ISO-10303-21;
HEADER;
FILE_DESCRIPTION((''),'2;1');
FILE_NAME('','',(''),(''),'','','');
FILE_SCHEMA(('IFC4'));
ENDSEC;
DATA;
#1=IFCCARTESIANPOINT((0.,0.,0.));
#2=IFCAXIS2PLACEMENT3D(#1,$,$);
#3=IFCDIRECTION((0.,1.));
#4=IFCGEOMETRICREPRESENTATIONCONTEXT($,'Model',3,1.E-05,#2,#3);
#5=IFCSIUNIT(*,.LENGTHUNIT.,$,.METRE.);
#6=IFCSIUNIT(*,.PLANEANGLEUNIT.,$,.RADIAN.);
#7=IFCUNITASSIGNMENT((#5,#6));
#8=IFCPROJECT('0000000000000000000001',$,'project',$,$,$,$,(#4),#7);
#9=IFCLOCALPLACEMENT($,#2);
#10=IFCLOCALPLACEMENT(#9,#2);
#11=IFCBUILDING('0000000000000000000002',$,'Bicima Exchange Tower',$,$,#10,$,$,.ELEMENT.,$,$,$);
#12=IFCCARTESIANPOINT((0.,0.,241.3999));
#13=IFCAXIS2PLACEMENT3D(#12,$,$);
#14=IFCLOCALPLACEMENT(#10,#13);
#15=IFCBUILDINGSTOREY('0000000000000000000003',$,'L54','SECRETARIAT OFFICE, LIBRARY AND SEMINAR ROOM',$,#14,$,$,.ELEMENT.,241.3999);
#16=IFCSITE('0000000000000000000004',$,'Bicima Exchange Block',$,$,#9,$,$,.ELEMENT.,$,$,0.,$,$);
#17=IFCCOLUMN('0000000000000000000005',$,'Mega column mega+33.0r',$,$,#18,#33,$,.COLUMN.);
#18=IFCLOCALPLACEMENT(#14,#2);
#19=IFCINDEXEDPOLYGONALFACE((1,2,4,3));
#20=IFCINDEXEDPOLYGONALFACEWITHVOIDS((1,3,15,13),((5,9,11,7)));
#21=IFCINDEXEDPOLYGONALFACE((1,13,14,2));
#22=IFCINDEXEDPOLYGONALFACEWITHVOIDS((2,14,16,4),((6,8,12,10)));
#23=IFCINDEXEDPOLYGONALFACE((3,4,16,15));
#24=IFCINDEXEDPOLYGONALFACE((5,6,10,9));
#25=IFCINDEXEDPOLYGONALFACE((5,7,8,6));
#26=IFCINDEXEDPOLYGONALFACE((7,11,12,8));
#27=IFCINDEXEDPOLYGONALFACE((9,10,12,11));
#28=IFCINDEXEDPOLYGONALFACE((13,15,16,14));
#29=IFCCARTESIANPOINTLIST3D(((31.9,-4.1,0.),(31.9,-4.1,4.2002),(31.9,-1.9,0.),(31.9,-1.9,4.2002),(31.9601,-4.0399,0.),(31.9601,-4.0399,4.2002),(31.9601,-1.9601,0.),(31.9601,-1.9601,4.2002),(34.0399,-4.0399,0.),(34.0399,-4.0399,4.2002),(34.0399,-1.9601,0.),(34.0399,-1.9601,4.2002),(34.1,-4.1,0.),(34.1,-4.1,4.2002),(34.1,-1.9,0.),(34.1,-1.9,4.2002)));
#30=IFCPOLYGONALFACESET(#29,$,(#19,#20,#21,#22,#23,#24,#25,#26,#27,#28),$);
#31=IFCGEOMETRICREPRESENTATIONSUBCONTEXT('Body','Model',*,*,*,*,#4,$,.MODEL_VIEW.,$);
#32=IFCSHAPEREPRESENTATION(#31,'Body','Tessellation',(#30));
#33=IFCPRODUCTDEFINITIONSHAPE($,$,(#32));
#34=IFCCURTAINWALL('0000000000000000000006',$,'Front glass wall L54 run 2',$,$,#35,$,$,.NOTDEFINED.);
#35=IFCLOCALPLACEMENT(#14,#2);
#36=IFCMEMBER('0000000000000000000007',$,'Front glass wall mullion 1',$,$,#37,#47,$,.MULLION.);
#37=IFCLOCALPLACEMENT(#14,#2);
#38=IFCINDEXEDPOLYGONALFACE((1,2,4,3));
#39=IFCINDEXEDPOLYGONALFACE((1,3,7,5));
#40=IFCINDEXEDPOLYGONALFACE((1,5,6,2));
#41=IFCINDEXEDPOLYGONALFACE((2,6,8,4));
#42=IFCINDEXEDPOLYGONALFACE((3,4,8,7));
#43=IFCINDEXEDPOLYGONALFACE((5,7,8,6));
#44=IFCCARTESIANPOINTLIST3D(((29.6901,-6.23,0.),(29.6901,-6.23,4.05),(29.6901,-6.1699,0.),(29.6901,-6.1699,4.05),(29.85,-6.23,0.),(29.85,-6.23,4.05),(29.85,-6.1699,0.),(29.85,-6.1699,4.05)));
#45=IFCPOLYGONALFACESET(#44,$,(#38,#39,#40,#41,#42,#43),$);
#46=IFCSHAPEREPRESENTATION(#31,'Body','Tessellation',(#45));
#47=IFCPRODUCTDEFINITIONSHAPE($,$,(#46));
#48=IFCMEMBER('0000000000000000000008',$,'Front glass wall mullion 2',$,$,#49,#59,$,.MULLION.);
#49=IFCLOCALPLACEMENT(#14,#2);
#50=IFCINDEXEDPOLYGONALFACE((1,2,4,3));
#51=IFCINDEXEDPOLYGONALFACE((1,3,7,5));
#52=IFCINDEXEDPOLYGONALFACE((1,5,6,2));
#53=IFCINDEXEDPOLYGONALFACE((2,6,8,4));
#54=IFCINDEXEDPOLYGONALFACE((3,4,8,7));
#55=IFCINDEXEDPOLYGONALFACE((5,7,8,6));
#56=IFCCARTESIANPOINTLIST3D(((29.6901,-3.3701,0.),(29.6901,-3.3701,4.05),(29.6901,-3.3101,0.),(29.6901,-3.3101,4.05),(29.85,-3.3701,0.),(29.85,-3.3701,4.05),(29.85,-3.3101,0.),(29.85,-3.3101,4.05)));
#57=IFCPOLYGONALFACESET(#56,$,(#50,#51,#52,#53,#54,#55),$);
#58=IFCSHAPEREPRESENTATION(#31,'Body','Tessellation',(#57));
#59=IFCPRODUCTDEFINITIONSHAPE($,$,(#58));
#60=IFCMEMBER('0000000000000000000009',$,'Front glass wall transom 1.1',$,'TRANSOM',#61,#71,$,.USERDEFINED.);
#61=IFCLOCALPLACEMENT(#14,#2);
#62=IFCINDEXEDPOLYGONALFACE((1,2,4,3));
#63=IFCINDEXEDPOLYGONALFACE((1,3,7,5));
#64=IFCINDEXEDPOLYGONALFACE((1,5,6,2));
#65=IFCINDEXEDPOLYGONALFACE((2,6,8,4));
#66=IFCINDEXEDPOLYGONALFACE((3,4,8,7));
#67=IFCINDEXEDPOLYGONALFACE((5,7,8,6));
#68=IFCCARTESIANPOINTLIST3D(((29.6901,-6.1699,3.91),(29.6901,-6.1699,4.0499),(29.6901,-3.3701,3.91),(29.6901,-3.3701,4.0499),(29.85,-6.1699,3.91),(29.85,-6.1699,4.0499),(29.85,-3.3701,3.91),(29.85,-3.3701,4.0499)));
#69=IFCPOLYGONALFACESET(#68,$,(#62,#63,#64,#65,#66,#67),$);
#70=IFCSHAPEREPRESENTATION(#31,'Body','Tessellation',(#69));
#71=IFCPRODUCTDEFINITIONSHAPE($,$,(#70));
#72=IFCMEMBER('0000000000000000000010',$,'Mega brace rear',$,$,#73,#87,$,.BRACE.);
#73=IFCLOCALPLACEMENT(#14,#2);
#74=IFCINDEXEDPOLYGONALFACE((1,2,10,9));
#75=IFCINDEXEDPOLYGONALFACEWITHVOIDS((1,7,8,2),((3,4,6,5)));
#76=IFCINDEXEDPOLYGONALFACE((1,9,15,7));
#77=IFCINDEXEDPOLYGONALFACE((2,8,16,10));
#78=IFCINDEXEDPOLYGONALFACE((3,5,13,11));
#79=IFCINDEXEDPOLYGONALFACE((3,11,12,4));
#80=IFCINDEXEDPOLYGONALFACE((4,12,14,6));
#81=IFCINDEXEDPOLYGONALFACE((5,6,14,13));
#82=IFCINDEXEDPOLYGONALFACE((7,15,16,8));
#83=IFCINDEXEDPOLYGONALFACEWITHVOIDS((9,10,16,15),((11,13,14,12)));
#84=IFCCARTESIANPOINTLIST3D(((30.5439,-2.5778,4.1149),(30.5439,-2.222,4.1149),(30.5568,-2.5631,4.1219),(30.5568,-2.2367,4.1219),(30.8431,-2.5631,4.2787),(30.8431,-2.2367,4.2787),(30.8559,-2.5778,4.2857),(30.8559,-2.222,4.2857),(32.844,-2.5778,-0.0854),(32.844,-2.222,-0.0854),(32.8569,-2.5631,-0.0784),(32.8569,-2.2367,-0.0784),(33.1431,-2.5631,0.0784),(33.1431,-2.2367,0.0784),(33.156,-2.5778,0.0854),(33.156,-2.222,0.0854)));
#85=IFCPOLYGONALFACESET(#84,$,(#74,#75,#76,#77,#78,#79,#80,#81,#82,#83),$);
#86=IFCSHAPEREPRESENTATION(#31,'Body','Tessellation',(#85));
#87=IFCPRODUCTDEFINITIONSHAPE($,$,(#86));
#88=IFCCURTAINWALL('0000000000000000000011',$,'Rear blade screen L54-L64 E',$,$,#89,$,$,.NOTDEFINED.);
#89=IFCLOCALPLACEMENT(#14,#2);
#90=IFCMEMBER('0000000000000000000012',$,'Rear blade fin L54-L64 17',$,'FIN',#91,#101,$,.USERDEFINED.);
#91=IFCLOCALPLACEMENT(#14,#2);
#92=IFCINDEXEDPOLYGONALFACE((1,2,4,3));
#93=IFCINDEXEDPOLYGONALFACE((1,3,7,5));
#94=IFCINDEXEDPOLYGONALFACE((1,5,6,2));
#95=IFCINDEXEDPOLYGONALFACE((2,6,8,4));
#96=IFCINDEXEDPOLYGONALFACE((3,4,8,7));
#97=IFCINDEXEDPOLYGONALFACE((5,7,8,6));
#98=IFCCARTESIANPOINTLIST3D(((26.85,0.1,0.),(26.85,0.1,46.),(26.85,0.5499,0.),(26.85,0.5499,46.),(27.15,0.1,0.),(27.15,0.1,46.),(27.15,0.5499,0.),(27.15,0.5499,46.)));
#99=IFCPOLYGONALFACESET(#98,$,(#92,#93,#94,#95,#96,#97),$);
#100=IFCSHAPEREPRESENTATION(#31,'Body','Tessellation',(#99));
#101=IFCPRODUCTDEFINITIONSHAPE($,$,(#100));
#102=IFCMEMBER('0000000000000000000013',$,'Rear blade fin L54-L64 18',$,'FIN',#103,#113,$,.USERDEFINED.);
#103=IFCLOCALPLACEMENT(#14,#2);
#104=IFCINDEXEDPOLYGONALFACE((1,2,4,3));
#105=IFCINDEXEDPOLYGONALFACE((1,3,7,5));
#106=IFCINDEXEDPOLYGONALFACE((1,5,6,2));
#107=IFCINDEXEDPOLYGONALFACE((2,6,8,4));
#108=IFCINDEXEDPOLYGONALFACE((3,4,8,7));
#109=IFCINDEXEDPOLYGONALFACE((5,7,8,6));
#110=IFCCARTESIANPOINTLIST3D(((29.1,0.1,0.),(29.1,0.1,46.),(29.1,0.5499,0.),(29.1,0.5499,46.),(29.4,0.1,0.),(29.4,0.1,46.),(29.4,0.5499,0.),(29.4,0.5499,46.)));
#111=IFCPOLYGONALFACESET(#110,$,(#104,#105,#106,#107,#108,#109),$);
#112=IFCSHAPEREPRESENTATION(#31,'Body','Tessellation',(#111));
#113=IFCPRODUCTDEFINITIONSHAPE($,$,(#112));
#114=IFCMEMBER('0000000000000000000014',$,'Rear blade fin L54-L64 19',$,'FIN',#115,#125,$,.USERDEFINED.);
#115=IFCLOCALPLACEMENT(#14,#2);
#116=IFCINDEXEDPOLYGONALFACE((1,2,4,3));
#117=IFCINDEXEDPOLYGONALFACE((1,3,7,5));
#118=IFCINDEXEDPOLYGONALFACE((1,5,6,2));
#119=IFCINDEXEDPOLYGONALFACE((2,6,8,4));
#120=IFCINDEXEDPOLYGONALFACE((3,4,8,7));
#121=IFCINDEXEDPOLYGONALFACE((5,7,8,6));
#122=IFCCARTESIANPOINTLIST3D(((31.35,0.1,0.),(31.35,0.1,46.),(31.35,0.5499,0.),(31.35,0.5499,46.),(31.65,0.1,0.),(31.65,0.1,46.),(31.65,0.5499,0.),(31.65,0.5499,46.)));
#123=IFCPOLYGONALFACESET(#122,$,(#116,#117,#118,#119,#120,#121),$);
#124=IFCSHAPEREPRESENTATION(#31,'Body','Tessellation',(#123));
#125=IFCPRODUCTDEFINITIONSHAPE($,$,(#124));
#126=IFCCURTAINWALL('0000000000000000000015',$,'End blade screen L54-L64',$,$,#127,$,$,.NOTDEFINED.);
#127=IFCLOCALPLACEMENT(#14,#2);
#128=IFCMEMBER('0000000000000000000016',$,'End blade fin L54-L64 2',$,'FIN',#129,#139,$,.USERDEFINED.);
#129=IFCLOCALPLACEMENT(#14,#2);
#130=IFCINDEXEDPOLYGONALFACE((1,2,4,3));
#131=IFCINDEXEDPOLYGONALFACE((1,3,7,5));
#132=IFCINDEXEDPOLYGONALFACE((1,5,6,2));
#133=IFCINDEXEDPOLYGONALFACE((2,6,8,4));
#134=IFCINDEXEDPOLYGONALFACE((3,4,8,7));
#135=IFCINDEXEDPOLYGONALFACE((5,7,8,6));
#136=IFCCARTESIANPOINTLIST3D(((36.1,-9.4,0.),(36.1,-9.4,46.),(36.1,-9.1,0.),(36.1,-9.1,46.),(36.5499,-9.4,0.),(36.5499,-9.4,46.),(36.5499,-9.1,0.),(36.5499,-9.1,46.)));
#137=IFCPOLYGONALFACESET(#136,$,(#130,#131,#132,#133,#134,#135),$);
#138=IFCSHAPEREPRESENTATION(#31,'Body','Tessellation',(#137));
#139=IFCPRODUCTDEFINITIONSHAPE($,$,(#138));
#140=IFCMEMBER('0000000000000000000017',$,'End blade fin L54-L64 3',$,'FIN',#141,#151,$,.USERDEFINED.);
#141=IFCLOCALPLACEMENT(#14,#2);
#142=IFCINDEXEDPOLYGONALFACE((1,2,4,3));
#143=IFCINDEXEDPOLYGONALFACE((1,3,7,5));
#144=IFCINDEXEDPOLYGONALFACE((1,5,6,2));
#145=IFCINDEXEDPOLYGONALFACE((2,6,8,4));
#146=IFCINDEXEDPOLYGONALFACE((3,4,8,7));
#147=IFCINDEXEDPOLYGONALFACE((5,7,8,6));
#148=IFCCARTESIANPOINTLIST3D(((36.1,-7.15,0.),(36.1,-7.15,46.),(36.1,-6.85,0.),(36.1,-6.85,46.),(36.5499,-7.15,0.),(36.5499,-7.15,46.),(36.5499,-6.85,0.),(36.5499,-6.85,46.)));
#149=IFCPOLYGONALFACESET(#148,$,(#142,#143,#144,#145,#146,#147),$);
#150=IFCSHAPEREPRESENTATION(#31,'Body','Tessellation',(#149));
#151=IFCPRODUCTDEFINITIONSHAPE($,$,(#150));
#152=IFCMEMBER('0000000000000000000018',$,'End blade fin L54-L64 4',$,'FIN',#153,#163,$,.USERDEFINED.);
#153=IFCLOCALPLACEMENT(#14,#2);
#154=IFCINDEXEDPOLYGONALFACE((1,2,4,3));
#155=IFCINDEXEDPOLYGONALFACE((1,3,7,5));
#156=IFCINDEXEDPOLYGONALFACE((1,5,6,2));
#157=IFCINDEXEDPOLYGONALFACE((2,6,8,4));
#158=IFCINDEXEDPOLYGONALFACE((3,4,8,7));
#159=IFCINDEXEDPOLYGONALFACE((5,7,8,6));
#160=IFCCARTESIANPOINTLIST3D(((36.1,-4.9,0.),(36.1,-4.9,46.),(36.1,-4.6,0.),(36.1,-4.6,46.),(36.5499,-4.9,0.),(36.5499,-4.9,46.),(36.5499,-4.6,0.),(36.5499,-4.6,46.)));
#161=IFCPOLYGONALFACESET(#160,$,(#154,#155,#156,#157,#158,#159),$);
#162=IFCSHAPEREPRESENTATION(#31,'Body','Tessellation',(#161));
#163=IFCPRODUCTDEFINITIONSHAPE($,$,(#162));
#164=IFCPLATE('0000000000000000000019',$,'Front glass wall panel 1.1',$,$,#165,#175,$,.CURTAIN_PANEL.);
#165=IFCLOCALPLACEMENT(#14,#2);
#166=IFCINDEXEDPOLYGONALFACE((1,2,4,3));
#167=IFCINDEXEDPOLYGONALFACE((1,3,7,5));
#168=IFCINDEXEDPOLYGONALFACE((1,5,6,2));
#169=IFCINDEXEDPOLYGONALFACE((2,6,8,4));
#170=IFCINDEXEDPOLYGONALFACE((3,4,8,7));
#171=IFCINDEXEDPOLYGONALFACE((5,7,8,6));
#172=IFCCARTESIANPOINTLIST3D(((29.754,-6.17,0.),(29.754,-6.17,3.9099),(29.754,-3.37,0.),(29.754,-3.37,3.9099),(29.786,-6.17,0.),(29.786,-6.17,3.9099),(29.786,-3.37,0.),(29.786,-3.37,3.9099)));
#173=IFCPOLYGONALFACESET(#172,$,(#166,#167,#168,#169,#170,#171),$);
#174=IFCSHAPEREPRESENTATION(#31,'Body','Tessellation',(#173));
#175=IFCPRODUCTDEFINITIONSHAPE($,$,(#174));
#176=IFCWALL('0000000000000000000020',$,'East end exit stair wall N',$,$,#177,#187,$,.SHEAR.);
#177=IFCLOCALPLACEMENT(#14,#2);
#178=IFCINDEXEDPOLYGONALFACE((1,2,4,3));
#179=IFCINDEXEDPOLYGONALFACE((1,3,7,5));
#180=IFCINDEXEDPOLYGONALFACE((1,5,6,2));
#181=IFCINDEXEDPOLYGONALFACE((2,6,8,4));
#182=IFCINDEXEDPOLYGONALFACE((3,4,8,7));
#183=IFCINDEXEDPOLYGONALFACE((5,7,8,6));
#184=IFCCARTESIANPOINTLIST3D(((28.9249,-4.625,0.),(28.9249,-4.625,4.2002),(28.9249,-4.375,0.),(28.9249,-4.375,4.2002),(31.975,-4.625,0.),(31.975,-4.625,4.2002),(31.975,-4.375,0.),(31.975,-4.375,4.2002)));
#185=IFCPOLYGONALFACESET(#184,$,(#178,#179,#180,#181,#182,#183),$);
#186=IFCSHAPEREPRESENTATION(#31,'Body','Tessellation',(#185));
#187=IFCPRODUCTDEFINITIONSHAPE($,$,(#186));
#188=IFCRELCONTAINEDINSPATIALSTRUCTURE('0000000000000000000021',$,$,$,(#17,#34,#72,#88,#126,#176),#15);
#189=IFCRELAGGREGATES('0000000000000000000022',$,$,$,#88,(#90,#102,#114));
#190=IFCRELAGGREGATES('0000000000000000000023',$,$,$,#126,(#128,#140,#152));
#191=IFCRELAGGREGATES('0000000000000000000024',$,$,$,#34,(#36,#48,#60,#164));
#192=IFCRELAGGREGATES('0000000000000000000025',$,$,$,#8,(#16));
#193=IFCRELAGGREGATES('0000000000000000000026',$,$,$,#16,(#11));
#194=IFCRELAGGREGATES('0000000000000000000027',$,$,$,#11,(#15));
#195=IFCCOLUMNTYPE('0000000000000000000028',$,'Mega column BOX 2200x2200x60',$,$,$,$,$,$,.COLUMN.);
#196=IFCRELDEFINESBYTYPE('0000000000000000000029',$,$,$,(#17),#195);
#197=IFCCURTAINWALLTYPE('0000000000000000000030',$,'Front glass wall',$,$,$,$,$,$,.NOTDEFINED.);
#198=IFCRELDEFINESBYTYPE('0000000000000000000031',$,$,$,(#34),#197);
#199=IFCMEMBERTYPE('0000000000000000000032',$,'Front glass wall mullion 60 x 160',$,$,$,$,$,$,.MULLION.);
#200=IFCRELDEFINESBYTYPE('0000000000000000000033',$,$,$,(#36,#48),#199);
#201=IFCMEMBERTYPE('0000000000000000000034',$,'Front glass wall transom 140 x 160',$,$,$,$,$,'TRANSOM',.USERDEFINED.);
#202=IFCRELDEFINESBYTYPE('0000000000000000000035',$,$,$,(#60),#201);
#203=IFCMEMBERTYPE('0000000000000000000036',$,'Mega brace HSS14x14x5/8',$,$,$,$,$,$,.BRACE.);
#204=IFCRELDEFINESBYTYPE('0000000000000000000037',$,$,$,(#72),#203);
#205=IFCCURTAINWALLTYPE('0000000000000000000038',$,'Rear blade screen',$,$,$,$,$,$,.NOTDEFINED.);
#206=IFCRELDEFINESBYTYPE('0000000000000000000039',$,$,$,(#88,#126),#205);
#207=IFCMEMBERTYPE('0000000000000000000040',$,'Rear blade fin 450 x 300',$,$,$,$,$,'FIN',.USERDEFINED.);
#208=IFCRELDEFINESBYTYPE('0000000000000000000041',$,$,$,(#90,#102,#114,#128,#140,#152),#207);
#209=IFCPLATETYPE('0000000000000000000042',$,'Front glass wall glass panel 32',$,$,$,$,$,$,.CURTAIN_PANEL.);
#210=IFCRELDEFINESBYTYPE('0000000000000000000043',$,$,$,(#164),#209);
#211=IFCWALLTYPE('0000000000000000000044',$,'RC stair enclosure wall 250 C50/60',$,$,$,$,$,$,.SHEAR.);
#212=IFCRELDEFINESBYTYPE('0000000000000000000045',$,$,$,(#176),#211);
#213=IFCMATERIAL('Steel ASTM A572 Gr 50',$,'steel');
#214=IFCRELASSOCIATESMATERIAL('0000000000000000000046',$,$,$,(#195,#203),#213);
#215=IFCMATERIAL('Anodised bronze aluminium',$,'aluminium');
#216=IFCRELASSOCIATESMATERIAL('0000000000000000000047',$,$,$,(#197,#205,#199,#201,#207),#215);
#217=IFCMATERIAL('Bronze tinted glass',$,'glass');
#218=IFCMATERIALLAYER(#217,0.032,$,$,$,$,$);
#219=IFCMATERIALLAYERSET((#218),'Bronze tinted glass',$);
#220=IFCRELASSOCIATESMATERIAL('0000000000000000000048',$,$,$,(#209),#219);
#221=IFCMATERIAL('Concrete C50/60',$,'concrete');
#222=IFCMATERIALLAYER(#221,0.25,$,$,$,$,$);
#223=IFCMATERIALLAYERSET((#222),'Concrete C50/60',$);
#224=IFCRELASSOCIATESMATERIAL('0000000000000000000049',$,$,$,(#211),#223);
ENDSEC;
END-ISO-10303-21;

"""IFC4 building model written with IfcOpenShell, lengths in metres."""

from ifc_helpers import new_model, si_unit, direction, frame, frame_2d, origin, origin_2d, place, context, subcontext, project, spatial, rectangle, hollow_rectangle, extrude, material, layer, layer_set, material_profile, profile_set, type_object, element, aggregate, save


model = new_model("IFC4")

# Units and contexts
model_context = context("Model", 3, precision=1e-05, world=origin(), true_north=direction((0.0, 1.0)))
body_context = subcontext(model_context, "Body", "Model", "MODEL_VIEW")
ifc_project = project(units=[si_unit("LENGTHUNIT", "METRE"), si_unit("PLANEANGLEUNIT", "RADIAN")], contexts=[model_context])

# Site, building, storey
site_placement = place(None, origin())
site = spatial("IfcSite", under=ifc_project, at=site_placement, Name="Bicima Exchange Block", CompositionType="ELEMENT", RefElevation=0.0)
building_placement = place(site_placement, origin())
building = spatial("IfcBuilding", under=site, at=building_placement, Name="Bicima Exchange Tower", CompositionType="ELEMENT")
storey_placement = place(building_placement, frame((0.0, 0.0, 241.3999)))
storey = spatial("IfcBuildingStorey", under=building, at=storey_placement, Name="L54", Description="SECRETARIAT OFFICE, LIBRARY AND SEMINAR ROOM", CompositionType="ELEMENT", Elevation=241.3999)

# Column
ifc_material_1 = material(Name="Steel ASTM A572 Gr 50", Category="steel")
ifc_material_profile_1 = material_profile(ifc_material_1, hollow_rectangle(XDim=2.2, YDim=2.2, WallThickness=0.0601, at=origin_2d()))
ifc_profile_set_1 = profile_set([ifc_material_profile_1], Name="Steel ASTM A572 Gr 50")
column_type = type_object("IfcColumnType", Name="Mega column BOX 2200x2200x60", PredefinedType="COLUMN", material=ifc_profile_set_1)
column_placement = place(storey_placement, frame((33.0, -3.0, 0.0), z_axis=(0.0, 0.0, 1.0), x_axis=(1.0, 0.0, 0.0)))
element("IfcColumn", 1, at=column_placement, inside=storey, type_object=column_type, Name="Mega column mega+33.0r", PredefinedType="COLUMN", context=body_context, shape_type="SweptSolid", body=[
    extrude(hollow_rectangle(XDim=2.2, YDim=2.2, WallThickness=0.0601, at=origin_2d()), origin(), (0.0, 0.0, 1.0), 4.2002),
])

# Curtain wall, members
ifc_material_2 = material(Name="Anodised bronze aluminium", Category="aluminium")
curtain_wall_type_1 = type_object("IfcCurtainWallType", Name="Front glass wall", PredefinedType="NOTDEFINED", material=ifc_material_2)
curtain_wall_1_placement = place(storey_placement, origin())
curtain_wall_1 = element("IfcCurtainWall", 2, at=curtain_wall_1_placement, inside=storey, type_object=curtain_wall_type_1, Name="Front glass wall L54 run 2", PredefinedType="NOTDEFINED")
ifc_material_profile_2 = material_profile(ifc_material_2, rectangle(XDim=0.1599, YDim=0.0601, at=origin_2d()))
ifc_profile_set_2 = profile_set([ifc_material_profile_2], Name="Anodised bronze aluminium")
member_type_1 = type_object("IfcMemberType", Name="Front glass wall mullion 60 x 160", PredefinedType="MULLION", material=ifc_profile_set_2)
member_1_placement = place(storey_placement, frame((29.77, -6.2, 0.0), z_axis=(0.0, 0.0, 1.0), x_axis=(-1.0, 0.0, 0.0)))
member_1 = element("IfcMember", 3, at=member_1_placement, type_object=member_type_1, Name="Front glass wall mullion 1", PredefinedType="MULLION", context=body_context, shape_type="SweptSolid", body=[
    extrude(rectangle(XDim=0.1599, YDim=0.0601, at=origin_2d()), origin(), (0.0, 0.0, 1.0), 4.05),
])
member_2_placement = place(storey_placement, frame((29.77, -3.3401, 0.0), z_axis=(0.0, 0.0, 1.0), x_axis=(-1.0, 0.0, 0.0)))
member_2 = element("IfcMember", 4, at=member_2_placement, type_object=member_type_1, Name="Front glass wall mullion 2", PredefinedType="MULLION", context=body_context, shape_type="SweptSolid", body=[
    extrude(rectangle(XDim=0.1599, YDim=0.0601, at=origin_2d()), origin(), (0.0, 0.0, 1.0), 4.05),
])
ifc_material_profile_3 = material_profile(ifc_material_2, rectangle(XDim=0.1599, YDim=0.1399, at=origin_2d()))
ifc_profile_set_3 = profile_set([ifc_material_profile_3], Name="Anodised bronze aluminium")
member_type_2 = type_object("IfcMemberType", Name="Front glass wall transom 140 x 160", ElementType="TRANSOM", PredefinedType="USERDEFINED", material=ifc_profile_set_3)
member_3_placement = place(storey_placement, frame((29.77, -6.1699, 3.98), z_axis=(0.0, 1.0, 0.0), x_axis=(-1.0, 0.0, 0.0)))
member_3 = element("IfcMember", 5, at=member_3_placement, type_object=member_type_2, Name="Front glass wall transom 1.1", ObjectType="TRANSOM", PredefinedType="USERDEFINED", context=body_context, shape_type="SweptSolid", body=[
    extrude(rectangle(XDim=0.1599, YDim=0.1399, at=origin_2d()), origin(), (0.0, 0.0, 1.0), 2.7998),
])

# Member
ifc_material_profile_4 = material_profile(ifc_material_1, hollow_rectangle(XDim=0.3557, YDim=0.3557, WallThickness=0.0146, at=origin_2d()))
ifc_profile_set_4 = profile_set([ifc_material_profile_4], Name="Steel ASTM A572 Gr 50")
member_type_3 = type_object("IfcMemberType", Name="Mega brace HSS14x14x5/8", PredefinedType="BRACE", material=ifc_profile_set_4)
member_4_placement = place(storey_placement, frame((33.0, -2.3999, 0.0), z_axis=(-0.480305, 0.0, 0.877101), x_axis=(0.0, -1.0, 0.0)))
element("IfcMember", 6, at=member_4_placement, inside=storey, type_object=member_type_3, Name="Mega brace rear", PredefinedType="BRACE", context=body_context, shape_type="SweptSolid", body=[
    extrude(hollow_rectangle(XDim=0.3557, YDim=0.3557, WallThickness=0.0146, at=origin_2d()), origin(), (0.0, 0.0, 1.0), 4.7888),
])

# Curtain walls, members
curtain_wall_type_2 = type_object("IfcCurtainWallType", Name="Rear blade screen", PredefinedType="NOTDEFINED", material=ifc_material_2)
curtain_wall_2_placement = place(storey_placement, origin())
curtain_wall_2 = element("IfcCurtainWall", 7, at=curtain_wall_2_placement, inside=storey, type_object=curtain_wall_type_2, Name="Rear blade screen L54-L64 E", PredefinedType="NOTDEFINED")
ifc_material_profile_5 = material_profile(ifc_material_2, rectangle(XDim=0.45, YDim=0.3, at=origin_2d()))
ifc_profile_set_5 = profile_set([ifc_material_profile_5], Name="Anodised bronze aluminium")
member_type_4 = type_object("IfcMemberType", Name="Rear blade fin 450 x 300", ElementType="FIN", PredefinedType="USERDEFINED", material=ifc_profile_set_5)
member_5_placement = place(storey_placement, frame((27.0, 0.325, 0.0), z_axis=(0.0, 0.0, 1.0), x_axis=(0.0, 1.0, 0.0)))
member_5 = element("IfcMember", 8, at=member_5_placement, type_object=member_type_4, Name="Rear blade fin L54-L64 17", ObjectType="FIN", PredefinedType="USERDEFINED", context=body_context, shape_type="SweptSolid", body=[
    extrude(rectangle(XDim=0.45, YDim=0.3, at=origin_2d()), origin(), (0.0, 0.0, 1.0), 46.0),
])
member_6_placement = place(storey_placement, frame((29.25, 0.325, 0.0), z_axis=(0.0, 0.0, 1.0), x_axis=(0.0, 1.0, 0.0)))
member_6 = element("IfcMember", 9, at=member_6_placement, type_object=member_type_4, Name="Rear blade fin L54-L64 18", ObjectType="FIN", PredefinedType="USERDEFINED", context=body_context, shape_type="SweptSolid", body=[
    extrude(rectangle(XDim=0.45, YDim=0.3, at=origin_2d()), origin(), (0.0, 0.0, 1.0), 46.0),
])
member_7_placement = place(storey_placement, frame((31.5, 0.325, 0.0), z_axis=(0.0, 0.0, 1.0), x_axis=(0.0, 1.0, 0.0)))
member_7 = element("IfcMember", 10, at=member_7_placement, type_object=member_type_4, Name="Rear blade fin L54-L64 19", ObjectType="FIN", PredefinedType="USERDEFINED", context=body_context, shape_type="SweptSolid", body=[
    extrude(rectangle(XDim=0.45, YDim=0.3, at=origin_2d()), origin(), (0.0, 0.0, 1.0), 46.0),
])
aggregate(curtain_wall_2, [member_5, member_6, member_7])
curtain_wall_3_placement = place(storey_placement, origin())
curtain_wall_3 = element("IfcCurtainWall", 11, at=curtain_wall_3_placement, inside=storey, type_object=curtain_wall_type_2, Name="End blade screen L54-L64", PredefinedType="NOTDEFINED")
member_8_placement = place(storey_placement, frame((36.325, -9.25, 0.0), z_axis=(0.0, 0.0, 1.0), x_axis=(1.0, 0.0, 0.0)))
member_8 = element("IfcMember", 12, at=member_8_placement, type_object=member_type_4, Name="End blade fin L54-L64 2", ObjectType="FIN", PredefinedType="USERDEFINED", context=body_context, shape_type="SweptSolid", body=[
    extrude(rectangle(XDim=0.45, YDim=0.3, at=origin_2d()), origin(), (0.0, 0.0, 1.0), 46.0),
])
member_9_placement = place(storey_placement, frame((36.325, -7.0, 0.0), z_axis=(0.0, 0.0, 1.0), x_axis=(1.0, 0.0, 0.0)))
member_9 = element("IfcMember", 13, at=member_9_placement, type_object=member_type_4, Name="End blade fin L54-L64 3", ObjectType="FIN", PredefinedType="USERDEFINED", context=body_context, shape_type="SweptSolid", body=[
    extrude(rectangle(XDim=0.45, YDim=0.3, at=origin_2d()), origin(), (0.0, 0.0, 1.0), 46.0),
])
member_10_placement = place(storey_placement, frame((36.325, -4.75, 0.0), z_axis=(0.0, 0.0, 1.0), x_axis=(1.0, 0.0, 0.0)))
member_10 = element("IfcMember", 14, at=member_10_placement, type_object=member_type_4, Name="End blade fin L54-L64 4", ObjectType="FIN", PredefinedType="USERDEFINED", context=body_context, shape_type="SweptSolid", body=[
    extrude(rectangle(XDim=0.45, YDim=0.3, at=origin_2d()), origin(), (0.0, 0.0, 1.0), 46.0),
])
aggregate(curtain_wall_3, [member_8, member_9, member_10])

# Plate
ifc_material_3 = material(Name="Bronze tinted glass", Category="glass")
ifc_layer_1 = layer(ifc_material_3, 0.032)
ifc_layer_set_1 = layer_set([ifc_layer_1], Name="Bronze tinted glass")
plate_type = type_object("IfcPlateType", Name="Front glass wall glass panel 32", PredefinedType="CURTAIN_PANEL", material=ifc_layer_set_1)
plate_placement = place(storey_placement, frame((29.77, -4.77, 0.0), z_axis=(0.0, 0.0, 1.0), x_axis=(0.0, 1.0, 0.0)))
plate = element("IfcPlate", 15, at=plate_placement, type_object=plate_type, Name="Front glass wall panel 1.1", PredefinedType="CURTAIN_PANEL", context=body_context, shape_type="SweptSolid", body=[
    extrude(rectangle(XDim=2.8, YDim=0.032, at=origin_2d()), origin(), (0.0, 0.0, 1.0), 3.9099),
])
aggregate(curtain_wall_1, [member_1, member_2, member_3, plate])

# Wall
ifc_material_4 = material(Name="Concrete C50/60", Category="concrete")
ifc_layer_2 = layer(ifc_material_4, 0.25)
ifc_layer_set_2 = layer_set([ifc_layer_2], Name="Concrete C50/60")
wall_type_1 = type_object("IfcWallType", Name="RC stair enclosure wall 250 C50/60", PredefinedType="SHEAR", material=ifc_layer_set_2)
wall_1_placement = place(storey_placement, frame((28.925, -4.5, 0.0), z_axis=(0.0, 0.0, 1.0), x_axis=(1.0, 0.0, 0.0)))
element("IfcWall", 16, at=wall_1_placement, inside=storey, type_object=wall_type_1, Name="East end exit stair wall N", PredefinedType="SHEAR", context=body_context, shape_type="SweptSolid", body=[
    extrude(rectangle(XDim=3.05, YDim=0.25, at=frame_2d((1.5249, 0.0))), origin(), (0.0, 0.0, 1.0), 4.2002),
])

save(model, "model.ifc")
